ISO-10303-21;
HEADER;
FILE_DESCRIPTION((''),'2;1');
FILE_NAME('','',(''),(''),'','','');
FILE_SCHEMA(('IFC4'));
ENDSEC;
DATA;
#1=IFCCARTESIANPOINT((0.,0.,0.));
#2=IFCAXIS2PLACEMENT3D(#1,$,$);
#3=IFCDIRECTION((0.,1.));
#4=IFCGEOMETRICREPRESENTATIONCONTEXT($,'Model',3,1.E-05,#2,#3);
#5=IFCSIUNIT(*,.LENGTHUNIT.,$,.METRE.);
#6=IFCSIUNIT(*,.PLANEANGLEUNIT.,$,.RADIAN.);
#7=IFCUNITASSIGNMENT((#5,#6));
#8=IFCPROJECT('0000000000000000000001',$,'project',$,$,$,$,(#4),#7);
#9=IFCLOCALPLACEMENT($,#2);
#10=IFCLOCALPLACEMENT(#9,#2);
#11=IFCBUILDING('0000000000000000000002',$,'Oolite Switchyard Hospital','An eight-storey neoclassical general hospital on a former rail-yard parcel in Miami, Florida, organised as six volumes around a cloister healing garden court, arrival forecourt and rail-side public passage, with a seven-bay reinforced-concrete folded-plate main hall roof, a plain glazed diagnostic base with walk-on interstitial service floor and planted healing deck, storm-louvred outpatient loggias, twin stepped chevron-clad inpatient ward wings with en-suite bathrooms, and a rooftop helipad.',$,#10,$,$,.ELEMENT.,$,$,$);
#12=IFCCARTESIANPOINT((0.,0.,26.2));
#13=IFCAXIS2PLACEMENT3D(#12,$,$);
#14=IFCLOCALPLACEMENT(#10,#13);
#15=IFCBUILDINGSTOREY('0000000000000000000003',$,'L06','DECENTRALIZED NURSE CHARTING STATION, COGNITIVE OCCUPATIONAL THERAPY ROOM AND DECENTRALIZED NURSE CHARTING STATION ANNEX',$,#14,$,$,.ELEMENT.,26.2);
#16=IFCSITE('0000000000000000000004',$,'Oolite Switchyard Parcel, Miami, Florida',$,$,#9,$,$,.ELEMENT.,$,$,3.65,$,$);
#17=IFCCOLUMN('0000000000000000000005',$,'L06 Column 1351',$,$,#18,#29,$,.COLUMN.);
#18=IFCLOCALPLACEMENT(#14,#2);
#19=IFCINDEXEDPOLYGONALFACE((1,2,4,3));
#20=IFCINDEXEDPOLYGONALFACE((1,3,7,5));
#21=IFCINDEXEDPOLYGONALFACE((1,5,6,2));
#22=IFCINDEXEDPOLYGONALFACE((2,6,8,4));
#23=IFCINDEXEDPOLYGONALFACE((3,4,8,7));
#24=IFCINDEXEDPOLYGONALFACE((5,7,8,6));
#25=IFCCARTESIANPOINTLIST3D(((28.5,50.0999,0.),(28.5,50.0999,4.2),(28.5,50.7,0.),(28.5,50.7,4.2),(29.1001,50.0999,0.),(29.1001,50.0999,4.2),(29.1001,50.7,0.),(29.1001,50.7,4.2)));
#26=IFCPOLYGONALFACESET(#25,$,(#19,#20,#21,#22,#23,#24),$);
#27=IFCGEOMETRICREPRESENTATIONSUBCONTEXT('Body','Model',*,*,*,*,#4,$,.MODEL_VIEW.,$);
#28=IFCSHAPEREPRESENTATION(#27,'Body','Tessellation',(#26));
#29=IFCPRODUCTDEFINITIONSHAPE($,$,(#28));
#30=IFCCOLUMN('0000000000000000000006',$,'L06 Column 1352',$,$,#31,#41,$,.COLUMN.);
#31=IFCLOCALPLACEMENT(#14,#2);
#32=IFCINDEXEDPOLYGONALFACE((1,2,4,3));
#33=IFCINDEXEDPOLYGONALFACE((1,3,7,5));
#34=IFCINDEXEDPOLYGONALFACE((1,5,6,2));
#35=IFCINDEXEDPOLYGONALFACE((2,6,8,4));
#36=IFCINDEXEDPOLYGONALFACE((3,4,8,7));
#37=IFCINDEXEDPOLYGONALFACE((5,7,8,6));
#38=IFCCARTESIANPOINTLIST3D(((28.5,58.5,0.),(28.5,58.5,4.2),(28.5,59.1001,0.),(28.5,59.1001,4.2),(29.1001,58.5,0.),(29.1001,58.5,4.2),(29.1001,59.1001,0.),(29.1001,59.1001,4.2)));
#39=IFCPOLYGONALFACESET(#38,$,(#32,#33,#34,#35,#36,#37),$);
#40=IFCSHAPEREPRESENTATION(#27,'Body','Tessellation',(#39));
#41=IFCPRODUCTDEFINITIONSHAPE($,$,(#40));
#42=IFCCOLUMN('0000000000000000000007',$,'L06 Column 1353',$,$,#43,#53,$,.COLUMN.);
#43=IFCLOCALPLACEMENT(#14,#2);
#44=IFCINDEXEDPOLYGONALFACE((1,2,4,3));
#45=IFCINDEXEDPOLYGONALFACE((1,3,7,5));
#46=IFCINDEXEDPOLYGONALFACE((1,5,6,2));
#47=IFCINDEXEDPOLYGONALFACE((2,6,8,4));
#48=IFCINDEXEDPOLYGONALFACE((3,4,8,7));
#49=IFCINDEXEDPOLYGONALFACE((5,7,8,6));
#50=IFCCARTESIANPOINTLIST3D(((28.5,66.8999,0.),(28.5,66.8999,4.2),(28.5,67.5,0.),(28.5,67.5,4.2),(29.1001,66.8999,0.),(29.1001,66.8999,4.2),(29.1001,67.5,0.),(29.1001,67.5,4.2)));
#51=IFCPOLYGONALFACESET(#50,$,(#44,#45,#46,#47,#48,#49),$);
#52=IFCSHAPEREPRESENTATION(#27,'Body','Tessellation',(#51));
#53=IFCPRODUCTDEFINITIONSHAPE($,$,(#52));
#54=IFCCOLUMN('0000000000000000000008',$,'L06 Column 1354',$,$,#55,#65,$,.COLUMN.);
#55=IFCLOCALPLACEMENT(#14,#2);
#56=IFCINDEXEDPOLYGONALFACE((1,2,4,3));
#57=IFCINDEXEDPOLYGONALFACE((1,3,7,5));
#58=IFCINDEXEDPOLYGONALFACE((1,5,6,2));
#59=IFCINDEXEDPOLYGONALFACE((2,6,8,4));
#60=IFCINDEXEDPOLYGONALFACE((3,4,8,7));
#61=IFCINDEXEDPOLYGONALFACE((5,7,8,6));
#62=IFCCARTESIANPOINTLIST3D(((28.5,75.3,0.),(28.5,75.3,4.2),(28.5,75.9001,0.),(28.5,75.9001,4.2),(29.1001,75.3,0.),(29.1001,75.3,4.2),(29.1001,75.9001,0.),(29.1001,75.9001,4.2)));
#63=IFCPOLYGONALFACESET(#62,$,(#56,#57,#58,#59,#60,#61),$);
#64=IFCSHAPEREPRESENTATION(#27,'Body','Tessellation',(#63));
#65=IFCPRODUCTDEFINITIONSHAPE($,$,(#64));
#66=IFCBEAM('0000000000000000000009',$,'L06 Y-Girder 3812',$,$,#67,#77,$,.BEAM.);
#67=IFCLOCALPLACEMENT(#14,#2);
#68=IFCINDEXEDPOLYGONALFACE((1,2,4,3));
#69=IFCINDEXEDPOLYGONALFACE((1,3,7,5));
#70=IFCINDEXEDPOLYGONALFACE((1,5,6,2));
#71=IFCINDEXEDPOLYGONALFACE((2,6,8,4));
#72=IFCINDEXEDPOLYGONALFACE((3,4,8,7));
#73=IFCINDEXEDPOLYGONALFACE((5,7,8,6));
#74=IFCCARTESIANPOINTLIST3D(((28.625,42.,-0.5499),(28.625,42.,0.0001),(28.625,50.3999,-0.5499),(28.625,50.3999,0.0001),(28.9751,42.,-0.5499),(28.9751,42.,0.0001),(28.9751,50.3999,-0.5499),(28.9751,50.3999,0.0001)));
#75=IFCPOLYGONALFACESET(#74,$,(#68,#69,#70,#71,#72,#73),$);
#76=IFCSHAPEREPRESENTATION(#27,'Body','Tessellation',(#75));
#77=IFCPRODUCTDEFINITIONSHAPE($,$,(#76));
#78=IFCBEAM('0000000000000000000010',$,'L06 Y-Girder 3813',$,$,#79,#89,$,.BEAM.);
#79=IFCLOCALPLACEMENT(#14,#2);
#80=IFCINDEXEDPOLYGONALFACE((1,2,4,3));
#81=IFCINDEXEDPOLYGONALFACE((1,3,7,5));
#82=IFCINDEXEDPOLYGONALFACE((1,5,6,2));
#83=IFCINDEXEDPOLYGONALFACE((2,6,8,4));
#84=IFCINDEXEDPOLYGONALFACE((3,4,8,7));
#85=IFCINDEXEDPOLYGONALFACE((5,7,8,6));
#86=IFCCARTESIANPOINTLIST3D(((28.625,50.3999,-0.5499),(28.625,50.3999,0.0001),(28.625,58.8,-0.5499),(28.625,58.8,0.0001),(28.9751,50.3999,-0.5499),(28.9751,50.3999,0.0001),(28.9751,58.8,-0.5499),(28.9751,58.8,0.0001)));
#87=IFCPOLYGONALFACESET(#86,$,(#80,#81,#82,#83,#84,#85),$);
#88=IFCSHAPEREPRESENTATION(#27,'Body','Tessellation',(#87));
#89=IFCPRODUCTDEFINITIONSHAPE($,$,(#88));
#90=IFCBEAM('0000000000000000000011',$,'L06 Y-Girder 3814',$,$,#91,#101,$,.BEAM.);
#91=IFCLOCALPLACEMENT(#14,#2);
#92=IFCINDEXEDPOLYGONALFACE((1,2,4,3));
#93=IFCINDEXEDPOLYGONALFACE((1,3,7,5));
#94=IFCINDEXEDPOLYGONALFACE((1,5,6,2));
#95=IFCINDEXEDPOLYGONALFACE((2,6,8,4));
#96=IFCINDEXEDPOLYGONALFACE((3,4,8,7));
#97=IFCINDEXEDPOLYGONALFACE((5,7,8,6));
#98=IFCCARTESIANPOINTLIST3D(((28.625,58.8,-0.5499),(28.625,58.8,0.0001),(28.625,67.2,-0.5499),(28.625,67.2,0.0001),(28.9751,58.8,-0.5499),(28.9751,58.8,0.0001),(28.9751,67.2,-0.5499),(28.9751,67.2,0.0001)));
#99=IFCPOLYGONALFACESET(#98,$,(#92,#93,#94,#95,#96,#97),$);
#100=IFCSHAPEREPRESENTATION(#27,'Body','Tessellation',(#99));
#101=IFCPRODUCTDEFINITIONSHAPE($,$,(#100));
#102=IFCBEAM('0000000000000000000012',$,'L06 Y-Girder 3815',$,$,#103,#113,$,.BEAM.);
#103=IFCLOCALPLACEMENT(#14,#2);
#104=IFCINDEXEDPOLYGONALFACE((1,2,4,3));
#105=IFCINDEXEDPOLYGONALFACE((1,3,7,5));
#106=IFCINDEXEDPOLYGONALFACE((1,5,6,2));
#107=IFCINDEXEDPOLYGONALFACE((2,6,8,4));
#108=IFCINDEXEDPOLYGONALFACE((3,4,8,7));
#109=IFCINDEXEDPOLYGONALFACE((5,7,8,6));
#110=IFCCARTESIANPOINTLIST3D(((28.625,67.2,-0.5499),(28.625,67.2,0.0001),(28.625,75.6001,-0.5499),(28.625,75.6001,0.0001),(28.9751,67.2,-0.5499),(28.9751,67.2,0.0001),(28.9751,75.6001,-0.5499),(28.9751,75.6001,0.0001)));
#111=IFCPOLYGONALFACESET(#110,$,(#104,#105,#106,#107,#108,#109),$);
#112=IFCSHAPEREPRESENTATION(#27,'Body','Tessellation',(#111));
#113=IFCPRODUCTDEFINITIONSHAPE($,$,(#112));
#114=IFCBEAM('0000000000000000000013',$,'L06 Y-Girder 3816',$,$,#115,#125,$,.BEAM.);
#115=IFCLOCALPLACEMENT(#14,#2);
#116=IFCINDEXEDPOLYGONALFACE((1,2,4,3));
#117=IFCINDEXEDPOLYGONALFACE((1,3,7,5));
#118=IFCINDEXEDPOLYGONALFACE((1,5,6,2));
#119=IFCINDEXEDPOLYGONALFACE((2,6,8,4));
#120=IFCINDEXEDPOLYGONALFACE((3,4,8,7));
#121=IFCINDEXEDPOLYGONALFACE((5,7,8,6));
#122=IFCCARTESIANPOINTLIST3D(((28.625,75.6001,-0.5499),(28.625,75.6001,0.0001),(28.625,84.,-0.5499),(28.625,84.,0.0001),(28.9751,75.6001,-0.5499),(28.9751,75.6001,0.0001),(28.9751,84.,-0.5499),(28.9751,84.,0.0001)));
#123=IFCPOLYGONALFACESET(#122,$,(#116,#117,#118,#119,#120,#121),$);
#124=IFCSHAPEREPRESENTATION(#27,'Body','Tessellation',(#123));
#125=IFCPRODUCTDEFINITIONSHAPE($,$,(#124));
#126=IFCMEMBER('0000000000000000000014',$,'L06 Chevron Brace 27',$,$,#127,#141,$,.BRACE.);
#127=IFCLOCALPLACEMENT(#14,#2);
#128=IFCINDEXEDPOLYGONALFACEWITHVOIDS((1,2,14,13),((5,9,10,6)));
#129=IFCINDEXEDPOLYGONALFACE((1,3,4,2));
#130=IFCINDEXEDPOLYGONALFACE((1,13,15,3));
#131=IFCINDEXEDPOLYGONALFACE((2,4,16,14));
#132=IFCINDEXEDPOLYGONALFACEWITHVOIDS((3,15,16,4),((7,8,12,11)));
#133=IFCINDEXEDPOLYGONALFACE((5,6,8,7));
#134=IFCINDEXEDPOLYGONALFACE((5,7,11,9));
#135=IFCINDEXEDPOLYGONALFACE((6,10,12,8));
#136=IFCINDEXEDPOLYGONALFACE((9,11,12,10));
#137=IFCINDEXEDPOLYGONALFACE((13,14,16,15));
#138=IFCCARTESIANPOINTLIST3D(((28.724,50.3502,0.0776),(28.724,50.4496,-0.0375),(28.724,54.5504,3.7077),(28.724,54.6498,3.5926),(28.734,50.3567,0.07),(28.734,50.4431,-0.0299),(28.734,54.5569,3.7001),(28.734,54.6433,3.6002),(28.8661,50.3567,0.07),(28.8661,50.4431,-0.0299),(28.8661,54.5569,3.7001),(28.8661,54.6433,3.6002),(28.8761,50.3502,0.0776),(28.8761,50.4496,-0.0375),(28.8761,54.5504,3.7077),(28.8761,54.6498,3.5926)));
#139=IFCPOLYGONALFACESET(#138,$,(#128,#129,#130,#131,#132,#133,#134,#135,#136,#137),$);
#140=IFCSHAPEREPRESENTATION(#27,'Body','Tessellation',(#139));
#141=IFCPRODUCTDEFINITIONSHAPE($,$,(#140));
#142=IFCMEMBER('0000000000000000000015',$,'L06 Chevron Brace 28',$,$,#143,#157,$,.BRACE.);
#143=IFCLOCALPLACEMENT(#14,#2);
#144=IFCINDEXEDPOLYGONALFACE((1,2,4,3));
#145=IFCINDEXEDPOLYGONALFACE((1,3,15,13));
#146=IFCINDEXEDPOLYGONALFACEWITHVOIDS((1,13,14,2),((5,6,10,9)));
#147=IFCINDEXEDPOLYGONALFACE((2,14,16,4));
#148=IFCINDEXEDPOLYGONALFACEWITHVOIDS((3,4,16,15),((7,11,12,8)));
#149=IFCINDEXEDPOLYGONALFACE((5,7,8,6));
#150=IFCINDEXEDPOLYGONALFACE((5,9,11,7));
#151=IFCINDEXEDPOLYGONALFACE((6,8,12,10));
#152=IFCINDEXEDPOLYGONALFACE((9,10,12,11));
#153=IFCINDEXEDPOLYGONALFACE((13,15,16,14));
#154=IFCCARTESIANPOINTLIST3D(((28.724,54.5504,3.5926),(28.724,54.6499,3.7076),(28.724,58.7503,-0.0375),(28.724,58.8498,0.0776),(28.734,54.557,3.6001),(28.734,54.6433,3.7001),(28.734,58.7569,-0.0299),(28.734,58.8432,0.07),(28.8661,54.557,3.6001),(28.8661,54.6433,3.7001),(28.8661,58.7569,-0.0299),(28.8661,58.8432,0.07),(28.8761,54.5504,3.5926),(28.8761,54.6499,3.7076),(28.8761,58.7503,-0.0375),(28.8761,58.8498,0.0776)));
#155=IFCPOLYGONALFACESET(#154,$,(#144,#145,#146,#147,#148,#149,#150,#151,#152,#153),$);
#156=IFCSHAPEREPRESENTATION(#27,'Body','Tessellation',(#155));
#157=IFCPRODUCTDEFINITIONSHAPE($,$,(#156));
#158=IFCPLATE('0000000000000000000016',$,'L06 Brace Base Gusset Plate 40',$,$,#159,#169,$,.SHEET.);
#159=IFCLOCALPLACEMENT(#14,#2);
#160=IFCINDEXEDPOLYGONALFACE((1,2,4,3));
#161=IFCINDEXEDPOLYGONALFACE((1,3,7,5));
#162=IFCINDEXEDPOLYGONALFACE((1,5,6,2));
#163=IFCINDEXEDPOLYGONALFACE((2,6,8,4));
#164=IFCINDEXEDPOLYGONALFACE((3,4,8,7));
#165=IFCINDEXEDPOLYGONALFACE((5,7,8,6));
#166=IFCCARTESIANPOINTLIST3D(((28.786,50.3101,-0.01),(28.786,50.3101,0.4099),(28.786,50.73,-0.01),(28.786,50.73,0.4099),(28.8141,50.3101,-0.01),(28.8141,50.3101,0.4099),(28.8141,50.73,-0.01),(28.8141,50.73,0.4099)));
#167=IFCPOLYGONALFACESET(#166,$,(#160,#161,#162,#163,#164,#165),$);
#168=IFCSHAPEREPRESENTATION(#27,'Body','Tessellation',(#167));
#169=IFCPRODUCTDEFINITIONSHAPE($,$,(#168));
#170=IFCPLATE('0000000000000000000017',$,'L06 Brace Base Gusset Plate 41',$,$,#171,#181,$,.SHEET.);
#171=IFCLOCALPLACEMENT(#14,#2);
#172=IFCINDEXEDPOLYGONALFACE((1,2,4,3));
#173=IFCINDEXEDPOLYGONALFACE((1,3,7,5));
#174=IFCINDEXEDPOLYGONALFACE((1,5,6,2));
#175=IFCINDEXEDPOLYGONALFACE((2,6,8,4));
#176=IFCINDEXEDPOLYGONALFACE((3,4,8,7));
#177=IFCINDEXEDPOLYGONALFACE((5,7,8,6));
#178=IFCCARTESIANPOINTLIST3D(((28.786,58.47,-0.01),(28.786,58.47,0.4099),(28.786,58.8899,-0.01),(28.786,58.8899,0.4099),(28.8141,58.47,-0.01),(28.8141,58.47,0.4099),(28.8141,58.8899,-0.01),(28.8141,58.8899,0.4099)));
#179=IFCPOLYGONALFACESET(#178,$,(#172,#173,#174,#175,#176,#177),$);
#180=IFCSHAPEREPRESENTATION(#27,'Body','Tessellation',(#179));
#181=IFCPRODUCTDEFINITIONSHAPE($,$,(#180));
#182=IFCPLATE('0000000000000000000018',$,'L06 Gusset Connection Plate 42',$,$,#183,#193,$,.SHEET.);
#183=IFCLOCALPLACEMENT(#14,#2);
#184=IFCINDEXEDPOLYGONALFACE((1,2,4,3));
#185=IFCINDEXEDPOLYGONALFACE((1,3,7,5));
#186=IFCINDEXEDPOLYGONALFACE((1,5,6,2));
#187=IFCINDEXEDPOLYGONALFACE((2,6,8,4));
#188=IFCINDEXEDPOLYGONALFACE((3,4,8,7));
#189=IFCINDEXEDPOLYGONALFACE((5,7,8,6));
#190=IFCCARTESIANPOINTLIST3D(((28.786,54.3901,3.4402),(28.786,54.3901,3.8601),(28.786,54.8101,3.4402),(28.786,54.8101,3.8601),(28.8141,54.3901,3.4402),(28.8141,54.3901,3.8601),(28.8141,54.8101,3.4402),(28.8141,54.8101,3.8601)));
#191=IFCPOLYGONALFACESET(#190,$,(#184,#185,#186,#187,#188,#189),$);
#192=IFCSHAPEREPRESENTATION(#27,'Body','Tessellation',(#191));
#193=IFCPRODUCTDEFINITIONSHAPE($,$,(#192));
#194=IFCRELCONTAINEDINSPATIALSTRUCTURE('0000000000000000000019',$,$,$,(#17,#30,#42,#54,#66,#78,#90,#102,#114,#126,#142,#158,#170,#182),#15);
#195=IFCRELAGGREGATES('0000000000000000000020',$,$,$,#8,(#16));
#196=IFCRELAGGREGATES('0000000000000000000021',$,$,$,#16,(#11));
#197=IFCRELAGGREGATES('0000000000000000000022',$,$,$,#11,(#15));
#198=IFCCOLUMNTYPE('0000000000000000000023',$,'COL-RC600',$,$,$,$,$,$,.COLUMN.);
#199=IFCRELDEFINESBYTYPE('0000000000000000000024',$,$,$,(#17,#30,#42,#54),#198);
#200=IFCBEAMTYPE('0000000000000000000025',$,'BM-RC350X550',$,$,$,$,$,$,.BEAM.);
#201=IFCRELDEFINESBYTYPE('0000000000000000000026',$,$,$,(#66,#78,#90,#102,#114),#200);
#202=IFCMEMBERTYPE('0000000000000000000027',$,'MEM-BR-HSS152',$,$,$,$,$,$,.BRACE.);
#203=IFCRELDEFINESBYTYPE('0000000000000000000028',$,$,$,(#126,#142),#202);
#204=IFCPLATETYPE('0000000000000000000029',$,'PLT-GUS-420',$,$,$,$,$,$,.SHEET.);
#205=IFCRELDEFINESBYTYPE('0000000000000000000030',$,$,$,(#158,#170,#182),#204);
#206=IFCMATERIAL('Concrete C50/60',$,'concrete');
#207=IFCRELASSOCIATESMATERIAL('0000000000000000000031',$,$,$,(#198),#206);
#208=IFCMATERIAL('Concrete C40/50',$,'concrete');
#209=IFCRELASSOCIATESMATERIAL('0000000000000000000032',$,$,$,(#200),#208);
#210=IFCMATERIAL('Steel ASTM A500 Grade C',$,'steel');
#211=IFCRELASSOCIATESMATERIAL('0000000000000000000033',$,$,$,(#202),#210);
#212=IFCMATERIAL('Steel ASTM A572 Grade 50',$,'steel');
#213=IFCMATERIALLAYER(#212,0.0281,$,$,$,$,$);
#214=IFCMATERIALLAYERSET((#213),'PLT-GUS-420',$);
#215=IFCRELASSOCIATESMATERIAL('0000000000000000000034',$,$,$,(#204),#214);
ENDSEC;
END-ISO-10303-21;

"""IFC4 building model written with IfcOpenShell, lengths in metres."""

from ifc_helpers import new_model, si_unit, direction, frame, origin, origin_2d, place, context, subcontext, project, spatial, rectangle, hollow_rectangle, extrude, material, layer, layer_set, material_profile, profile_set, type_object, element, save


model = new_model("IFC4")

# Units and contexts
model_context = context("Model", 3, precision=1e-05, world=origin(), true_north=direction((0.0, 1.0)))
body_context = subcontext(model_context, "Body", "Model", "MODEL_VIEW")
ifc_project = project(units=[si_unit("LENGTHUNIT", "METRE"), si_unit("PLANEANGLEUNIT", "RADIAN")], contexts=[model_context])

# Site, building, storey
site_placement = place(None, origin())
site = spatial("IfcSite", under=ifc_project, at=site_placement, Name="Oolite Switchyard Parcel, Miami, Florida", CompositionType="ELEMENT", RefElevation=3.65)
building_placement = place(site_placement, origin())
building = spatial("IfcBuilding", under=site, at=building_placement, Name="Oolite Switchyard Hospital", Description="An eight-storey neoclassical general hospital on a former rail-yard parcel in Miami, Florida, organised as six volumes around a cloister healing garden court, arrival forecourt and rail-side public passage, with a seven-bay reinforced-concrete folded-plate main hall roof, a plain glazed diagnostic base with walk-on interstitial service floor and planted healing deck, storm-louvred outpatient loggias, twin stepped chevron-clad inpatient ward wings with en-suite bathrooms, and a rooftop helipad.", CompositionType="ELEMENT")
storey_placement = place(building_placement, frame((0.0, 0.0, 26.2)))
storey = spatial("IfcBuildingStorey", under=building, at=storey_placement, Name="L06", Description="DECENTRALIZED NURSE CHARTING STATION, COGNITIVE OCCUPATIONAL THERAPY ROOM AND DECENTRALIZED NURSE CHARTING STATION ANNEX", CompositionType="ELEMENT", Elevation=26.2)

# Columns
ifc_material_1 = material(Name="Concrete C50/60", Category="concrete")
ifc_material_profile_1 = material_profile(ifc_material_1, rectangle(XDim=0.6001, YDim=0.6001, at=origin_2d()), Name="RC600X600")
ifc_profile_set_1 = profile_set([ifc_material_profile_1], Name="Concrete C50/60")
column_type = type_object("IfcColumnType", Name="COL-RC600", PredefinedType="COLUMN", material=ifc_profile_set_1)
for number, where, z_axis, x_axis, name in (
    (1, (28.8, 50.3999, 0.0), (0.0, 0.0, 1.0), (1.0, 0.0, 0.0), "L06 Column 1351"),
    (2, (28.8, 58.8, 0.0), (0.0, 0.0, 1.0), (1.0, 0.0, 0.0), "L06 Column 1352"),
    (3, (28.8, 67.2, 0.0), (0.0, 0.0, 1.0), (1.0, 0.0, 0.0), "L06 Column 1353"),
    (4, (28.8, 75.6001, 0.0), (0.0, 0.0, 1.0), (1.0, 0.0, 0.0), "L06 Column 1354"),
):
    element("IfcColumn", number, at=place(storey_placement, frame(where, z_axis=z_axis, x_axis=x_axis)), inside=storey, type_object=column_type, Name=name, PredefinedType="COLUMN", context=body_context, shape_type="SweptSolid", body=[
        extrude(rectangle(XDim=0.6001, YDim=0.6001, at=origin_2d()), origin(), (0.0, 0.0, 1.0), 4.2),
    ])

# Beams
ifc_material_2 = material(Name="Concrete C40/50", Category="concrete")
ifc_material_profile_2 = material_profile(ifc_material_2, rectangle(XDim=0.3501, YDim=0.55, at=origin_2d()), Name="RCB350X550")
ifc_profile_set_2 = profile_set([ifc_material_profile_2], Name="Concrete C40/50")
beam_type = type_object("IfcBeamType", Name="BM-RC350X550", PredefinedType="BEAM", material=ifc_profile_set_2)
beam_1_placement = place(storey_placement, frame((28.8, 42.0, -0.2749), z_axis=(0.0, 1.0, 0.0), x_axis=(-1.0, 0.0, 0.0)))
element("IfcBeam", 5, at=beam_1_placement, inside=storey, type_object=beam_type, Name="L06 Y-Girder 3812", PredefinedType="BEAM", context=body_context, shape_type="SweptSolid", body=[
    extrude(rectangle(XDim=0.3501, YDim=0.55, at=origin_2d()), origin(), (0.0, 0.0, 1.0), 8.3999),
])
beam_2_placement = place(storey_placement, frame((28.8, 50.3999, -0.2749), z_axis=(0.0, 1.0, 0.0), x_axis=(-1.0, 0.0, 0.0)))
element("IfcBeam", 6, at=beam_2_placement, inside=storey, type_object=beam_type, Name="L06 Y-Girder 3813", PredefinedType="BEAM", context=body_context, shape_type="SweptSolid", body=[
    extrude(rectangle(XDim=0.3501, YDim=0.55, at=origin_2d()), origin(), (0.0, 0.0, 1.0), 8.4001),
])
beam_3_placement = place(storey_placement, frame((28.8, 58.8, -0.2749), z_axis=(0.0, 1.0, 0.0), x_axis=(-1.0, 0.0, 0.0)))
element("IfcBeam", 7, at=beam_3_placement, inside=storey, type_object=beam_type, Name="L06 Y-Girder 3814", PredefinedType="BEAM", context=body_context, shape_type="SweptSolid", body=[
    extrude(rectangle(XDim=0.3501, YDim=0.55, at=origin_2d()), origin(), (0.0, 0.0, 1.0), 8.3999),
])
beam_4_placement = place(storey_placement, frame((28.8, 67.2, -0.2749), z_axis=(0.0, 1.0, 0.0), x_axis=(-1.0, 0.0, 0.0)))
element("IfcBeam", 8, at=beam_4_placement, inside=storey, type_object=beam_type, Name="L06 Y-Girder 3815", PredefinedType="BEAM", context=body_context, shape_type="SweptSolid", body=[
    extrude(rectangle(XDim=0.3501, YDim=0.55, at=origin_2d()), origin(), (0.0, 0.0, 1.0), 8.4001),
])
beam_5_placement = place(storey_placement, frame((28.8, 75.6001, -0.2749), z_axis=(0.0, 1.0, 0.0), x_axis=(-1.0, 0.0, 0.0)))
element("IfcBeam", 9, at=beam_5_placement, inside=storey, type_object=beam_type, Name="L06 Y-Girder 3816", PredefinedType="BEAM", context=body_context, shape_type="SweptSolid", body=[
    extrude(rectangle(XDim=0.3501, YDim=0.55, at=origin_2d()), origin(), (0.0, 0.0, 1.0), 8.3999),
])

# Members
ifc_material_3 = material(Name="Steel ASTM A500 Grade C", Category="steel")
ifc_material_profile_3 = material_profile(ifc_material_3, hollow_rectangle(XDim=0.1521, YDim=0.1521, WallThickness=0.01, at=origin_2d()), Name="HSS152X152X10")
ifc_profile_set_3 = profile_set([ifc_material_profile_3], Name="Steel ASTM A500 Grade C")
member_type = type_object("IfcMemberType", Name="MEM-BR-HSS152", PredefinedType="BRACE", material=ifc_profile_set_3)
member_1_placement = place(storey_placement, frame((28.8, 50.3999, 0.02), z_axis=(0.0, 0.756584, 0.653897), x_axis=(-1.0, 0.0, 0.0)))
element("IfcMember", 10, at=member_1_placement, inside=storey, type_object=member_type, Name="L06 Chevron Brace 27", PredefinedType="BRACE", context=body_context, shape_type="SweptSolid", body=[
    extrude(hollow_rectangle(XDim=0.1521, YDim=0.1521, WallThickness=0.01, at=origin_2d()), origin(), (0.0, 0.0, 1.0), 5.5515),
])
member_2_placement = place(storey_placement, frame((28.8, 58.8, 0.02), z_axis=(0.0, -0.756565, 0.653919), x_axis=(1.0, 0.0, 0.0)))
element("IfcMember", 11, at=member_2_placement, inside=storey, type_object=member_type, Name="L06 Chevron Brace 28", PredefinedType="BRACE", context=body_context, shape_type="SweptSolid", body=[
    extrude(hollow_rectangle(XDim=0.1521, YDim=0.1521, WallThickness=0.01, at=origin_2d()), origin(), (0.0, 0.0, 1.0), 5.5513),
])

# Plates
ifc_material_4 = material(Name="Steel ASTM A572 Grade 50", Category="steel")
ifc_layer_1 = layer(ifc_material_4, 0.0281)
ifc_layer_set_1 = layer_set([ifc_layer_1], Name="PLT-GUS-420")
plate_type = type_object("IfcPlateType", Name="PLT-GUS-420", PredefinedType="SHEET", material=ifc_layer_set_1)
for number, where, z_axis, x_axis, name in (
    (12, (28.8, 50.52, -0.01), (0.0, 0.0, 1.0), (0.0, 1.0, 0.0), "L06 Brace Base Gusset Plate 40"),
    (13, (28.8, 58.6799, -0.01), (0.0, 0.0, 1.0), (0.0, 1.0, 0.0), "L06 Brace Base Gusset Plate 41"),
    (14, (28.8, 54.6001, 3.4402), (0.0, 0.0, 1.0), (0.0, 1.0, 0.0), "L06 Gusset Connection Plate 42"),
):
    element("IfcPlate", number, at=place(storey_placement, frame(where, z_axis=z_axis, x_axis=x_axis)), inside=storey, type_object=plate_type, Name=name, PredefinedType="SHEET", context=body_context, shape_type="SweptSolid", body=[
        extrude(rectangle(XDim=0.4199, YDim=0.0281, at=origin_2d()), origin(), (0.0, 0.0, 1.0), 0.4199),
    ])

save(model, "model.ifc")
